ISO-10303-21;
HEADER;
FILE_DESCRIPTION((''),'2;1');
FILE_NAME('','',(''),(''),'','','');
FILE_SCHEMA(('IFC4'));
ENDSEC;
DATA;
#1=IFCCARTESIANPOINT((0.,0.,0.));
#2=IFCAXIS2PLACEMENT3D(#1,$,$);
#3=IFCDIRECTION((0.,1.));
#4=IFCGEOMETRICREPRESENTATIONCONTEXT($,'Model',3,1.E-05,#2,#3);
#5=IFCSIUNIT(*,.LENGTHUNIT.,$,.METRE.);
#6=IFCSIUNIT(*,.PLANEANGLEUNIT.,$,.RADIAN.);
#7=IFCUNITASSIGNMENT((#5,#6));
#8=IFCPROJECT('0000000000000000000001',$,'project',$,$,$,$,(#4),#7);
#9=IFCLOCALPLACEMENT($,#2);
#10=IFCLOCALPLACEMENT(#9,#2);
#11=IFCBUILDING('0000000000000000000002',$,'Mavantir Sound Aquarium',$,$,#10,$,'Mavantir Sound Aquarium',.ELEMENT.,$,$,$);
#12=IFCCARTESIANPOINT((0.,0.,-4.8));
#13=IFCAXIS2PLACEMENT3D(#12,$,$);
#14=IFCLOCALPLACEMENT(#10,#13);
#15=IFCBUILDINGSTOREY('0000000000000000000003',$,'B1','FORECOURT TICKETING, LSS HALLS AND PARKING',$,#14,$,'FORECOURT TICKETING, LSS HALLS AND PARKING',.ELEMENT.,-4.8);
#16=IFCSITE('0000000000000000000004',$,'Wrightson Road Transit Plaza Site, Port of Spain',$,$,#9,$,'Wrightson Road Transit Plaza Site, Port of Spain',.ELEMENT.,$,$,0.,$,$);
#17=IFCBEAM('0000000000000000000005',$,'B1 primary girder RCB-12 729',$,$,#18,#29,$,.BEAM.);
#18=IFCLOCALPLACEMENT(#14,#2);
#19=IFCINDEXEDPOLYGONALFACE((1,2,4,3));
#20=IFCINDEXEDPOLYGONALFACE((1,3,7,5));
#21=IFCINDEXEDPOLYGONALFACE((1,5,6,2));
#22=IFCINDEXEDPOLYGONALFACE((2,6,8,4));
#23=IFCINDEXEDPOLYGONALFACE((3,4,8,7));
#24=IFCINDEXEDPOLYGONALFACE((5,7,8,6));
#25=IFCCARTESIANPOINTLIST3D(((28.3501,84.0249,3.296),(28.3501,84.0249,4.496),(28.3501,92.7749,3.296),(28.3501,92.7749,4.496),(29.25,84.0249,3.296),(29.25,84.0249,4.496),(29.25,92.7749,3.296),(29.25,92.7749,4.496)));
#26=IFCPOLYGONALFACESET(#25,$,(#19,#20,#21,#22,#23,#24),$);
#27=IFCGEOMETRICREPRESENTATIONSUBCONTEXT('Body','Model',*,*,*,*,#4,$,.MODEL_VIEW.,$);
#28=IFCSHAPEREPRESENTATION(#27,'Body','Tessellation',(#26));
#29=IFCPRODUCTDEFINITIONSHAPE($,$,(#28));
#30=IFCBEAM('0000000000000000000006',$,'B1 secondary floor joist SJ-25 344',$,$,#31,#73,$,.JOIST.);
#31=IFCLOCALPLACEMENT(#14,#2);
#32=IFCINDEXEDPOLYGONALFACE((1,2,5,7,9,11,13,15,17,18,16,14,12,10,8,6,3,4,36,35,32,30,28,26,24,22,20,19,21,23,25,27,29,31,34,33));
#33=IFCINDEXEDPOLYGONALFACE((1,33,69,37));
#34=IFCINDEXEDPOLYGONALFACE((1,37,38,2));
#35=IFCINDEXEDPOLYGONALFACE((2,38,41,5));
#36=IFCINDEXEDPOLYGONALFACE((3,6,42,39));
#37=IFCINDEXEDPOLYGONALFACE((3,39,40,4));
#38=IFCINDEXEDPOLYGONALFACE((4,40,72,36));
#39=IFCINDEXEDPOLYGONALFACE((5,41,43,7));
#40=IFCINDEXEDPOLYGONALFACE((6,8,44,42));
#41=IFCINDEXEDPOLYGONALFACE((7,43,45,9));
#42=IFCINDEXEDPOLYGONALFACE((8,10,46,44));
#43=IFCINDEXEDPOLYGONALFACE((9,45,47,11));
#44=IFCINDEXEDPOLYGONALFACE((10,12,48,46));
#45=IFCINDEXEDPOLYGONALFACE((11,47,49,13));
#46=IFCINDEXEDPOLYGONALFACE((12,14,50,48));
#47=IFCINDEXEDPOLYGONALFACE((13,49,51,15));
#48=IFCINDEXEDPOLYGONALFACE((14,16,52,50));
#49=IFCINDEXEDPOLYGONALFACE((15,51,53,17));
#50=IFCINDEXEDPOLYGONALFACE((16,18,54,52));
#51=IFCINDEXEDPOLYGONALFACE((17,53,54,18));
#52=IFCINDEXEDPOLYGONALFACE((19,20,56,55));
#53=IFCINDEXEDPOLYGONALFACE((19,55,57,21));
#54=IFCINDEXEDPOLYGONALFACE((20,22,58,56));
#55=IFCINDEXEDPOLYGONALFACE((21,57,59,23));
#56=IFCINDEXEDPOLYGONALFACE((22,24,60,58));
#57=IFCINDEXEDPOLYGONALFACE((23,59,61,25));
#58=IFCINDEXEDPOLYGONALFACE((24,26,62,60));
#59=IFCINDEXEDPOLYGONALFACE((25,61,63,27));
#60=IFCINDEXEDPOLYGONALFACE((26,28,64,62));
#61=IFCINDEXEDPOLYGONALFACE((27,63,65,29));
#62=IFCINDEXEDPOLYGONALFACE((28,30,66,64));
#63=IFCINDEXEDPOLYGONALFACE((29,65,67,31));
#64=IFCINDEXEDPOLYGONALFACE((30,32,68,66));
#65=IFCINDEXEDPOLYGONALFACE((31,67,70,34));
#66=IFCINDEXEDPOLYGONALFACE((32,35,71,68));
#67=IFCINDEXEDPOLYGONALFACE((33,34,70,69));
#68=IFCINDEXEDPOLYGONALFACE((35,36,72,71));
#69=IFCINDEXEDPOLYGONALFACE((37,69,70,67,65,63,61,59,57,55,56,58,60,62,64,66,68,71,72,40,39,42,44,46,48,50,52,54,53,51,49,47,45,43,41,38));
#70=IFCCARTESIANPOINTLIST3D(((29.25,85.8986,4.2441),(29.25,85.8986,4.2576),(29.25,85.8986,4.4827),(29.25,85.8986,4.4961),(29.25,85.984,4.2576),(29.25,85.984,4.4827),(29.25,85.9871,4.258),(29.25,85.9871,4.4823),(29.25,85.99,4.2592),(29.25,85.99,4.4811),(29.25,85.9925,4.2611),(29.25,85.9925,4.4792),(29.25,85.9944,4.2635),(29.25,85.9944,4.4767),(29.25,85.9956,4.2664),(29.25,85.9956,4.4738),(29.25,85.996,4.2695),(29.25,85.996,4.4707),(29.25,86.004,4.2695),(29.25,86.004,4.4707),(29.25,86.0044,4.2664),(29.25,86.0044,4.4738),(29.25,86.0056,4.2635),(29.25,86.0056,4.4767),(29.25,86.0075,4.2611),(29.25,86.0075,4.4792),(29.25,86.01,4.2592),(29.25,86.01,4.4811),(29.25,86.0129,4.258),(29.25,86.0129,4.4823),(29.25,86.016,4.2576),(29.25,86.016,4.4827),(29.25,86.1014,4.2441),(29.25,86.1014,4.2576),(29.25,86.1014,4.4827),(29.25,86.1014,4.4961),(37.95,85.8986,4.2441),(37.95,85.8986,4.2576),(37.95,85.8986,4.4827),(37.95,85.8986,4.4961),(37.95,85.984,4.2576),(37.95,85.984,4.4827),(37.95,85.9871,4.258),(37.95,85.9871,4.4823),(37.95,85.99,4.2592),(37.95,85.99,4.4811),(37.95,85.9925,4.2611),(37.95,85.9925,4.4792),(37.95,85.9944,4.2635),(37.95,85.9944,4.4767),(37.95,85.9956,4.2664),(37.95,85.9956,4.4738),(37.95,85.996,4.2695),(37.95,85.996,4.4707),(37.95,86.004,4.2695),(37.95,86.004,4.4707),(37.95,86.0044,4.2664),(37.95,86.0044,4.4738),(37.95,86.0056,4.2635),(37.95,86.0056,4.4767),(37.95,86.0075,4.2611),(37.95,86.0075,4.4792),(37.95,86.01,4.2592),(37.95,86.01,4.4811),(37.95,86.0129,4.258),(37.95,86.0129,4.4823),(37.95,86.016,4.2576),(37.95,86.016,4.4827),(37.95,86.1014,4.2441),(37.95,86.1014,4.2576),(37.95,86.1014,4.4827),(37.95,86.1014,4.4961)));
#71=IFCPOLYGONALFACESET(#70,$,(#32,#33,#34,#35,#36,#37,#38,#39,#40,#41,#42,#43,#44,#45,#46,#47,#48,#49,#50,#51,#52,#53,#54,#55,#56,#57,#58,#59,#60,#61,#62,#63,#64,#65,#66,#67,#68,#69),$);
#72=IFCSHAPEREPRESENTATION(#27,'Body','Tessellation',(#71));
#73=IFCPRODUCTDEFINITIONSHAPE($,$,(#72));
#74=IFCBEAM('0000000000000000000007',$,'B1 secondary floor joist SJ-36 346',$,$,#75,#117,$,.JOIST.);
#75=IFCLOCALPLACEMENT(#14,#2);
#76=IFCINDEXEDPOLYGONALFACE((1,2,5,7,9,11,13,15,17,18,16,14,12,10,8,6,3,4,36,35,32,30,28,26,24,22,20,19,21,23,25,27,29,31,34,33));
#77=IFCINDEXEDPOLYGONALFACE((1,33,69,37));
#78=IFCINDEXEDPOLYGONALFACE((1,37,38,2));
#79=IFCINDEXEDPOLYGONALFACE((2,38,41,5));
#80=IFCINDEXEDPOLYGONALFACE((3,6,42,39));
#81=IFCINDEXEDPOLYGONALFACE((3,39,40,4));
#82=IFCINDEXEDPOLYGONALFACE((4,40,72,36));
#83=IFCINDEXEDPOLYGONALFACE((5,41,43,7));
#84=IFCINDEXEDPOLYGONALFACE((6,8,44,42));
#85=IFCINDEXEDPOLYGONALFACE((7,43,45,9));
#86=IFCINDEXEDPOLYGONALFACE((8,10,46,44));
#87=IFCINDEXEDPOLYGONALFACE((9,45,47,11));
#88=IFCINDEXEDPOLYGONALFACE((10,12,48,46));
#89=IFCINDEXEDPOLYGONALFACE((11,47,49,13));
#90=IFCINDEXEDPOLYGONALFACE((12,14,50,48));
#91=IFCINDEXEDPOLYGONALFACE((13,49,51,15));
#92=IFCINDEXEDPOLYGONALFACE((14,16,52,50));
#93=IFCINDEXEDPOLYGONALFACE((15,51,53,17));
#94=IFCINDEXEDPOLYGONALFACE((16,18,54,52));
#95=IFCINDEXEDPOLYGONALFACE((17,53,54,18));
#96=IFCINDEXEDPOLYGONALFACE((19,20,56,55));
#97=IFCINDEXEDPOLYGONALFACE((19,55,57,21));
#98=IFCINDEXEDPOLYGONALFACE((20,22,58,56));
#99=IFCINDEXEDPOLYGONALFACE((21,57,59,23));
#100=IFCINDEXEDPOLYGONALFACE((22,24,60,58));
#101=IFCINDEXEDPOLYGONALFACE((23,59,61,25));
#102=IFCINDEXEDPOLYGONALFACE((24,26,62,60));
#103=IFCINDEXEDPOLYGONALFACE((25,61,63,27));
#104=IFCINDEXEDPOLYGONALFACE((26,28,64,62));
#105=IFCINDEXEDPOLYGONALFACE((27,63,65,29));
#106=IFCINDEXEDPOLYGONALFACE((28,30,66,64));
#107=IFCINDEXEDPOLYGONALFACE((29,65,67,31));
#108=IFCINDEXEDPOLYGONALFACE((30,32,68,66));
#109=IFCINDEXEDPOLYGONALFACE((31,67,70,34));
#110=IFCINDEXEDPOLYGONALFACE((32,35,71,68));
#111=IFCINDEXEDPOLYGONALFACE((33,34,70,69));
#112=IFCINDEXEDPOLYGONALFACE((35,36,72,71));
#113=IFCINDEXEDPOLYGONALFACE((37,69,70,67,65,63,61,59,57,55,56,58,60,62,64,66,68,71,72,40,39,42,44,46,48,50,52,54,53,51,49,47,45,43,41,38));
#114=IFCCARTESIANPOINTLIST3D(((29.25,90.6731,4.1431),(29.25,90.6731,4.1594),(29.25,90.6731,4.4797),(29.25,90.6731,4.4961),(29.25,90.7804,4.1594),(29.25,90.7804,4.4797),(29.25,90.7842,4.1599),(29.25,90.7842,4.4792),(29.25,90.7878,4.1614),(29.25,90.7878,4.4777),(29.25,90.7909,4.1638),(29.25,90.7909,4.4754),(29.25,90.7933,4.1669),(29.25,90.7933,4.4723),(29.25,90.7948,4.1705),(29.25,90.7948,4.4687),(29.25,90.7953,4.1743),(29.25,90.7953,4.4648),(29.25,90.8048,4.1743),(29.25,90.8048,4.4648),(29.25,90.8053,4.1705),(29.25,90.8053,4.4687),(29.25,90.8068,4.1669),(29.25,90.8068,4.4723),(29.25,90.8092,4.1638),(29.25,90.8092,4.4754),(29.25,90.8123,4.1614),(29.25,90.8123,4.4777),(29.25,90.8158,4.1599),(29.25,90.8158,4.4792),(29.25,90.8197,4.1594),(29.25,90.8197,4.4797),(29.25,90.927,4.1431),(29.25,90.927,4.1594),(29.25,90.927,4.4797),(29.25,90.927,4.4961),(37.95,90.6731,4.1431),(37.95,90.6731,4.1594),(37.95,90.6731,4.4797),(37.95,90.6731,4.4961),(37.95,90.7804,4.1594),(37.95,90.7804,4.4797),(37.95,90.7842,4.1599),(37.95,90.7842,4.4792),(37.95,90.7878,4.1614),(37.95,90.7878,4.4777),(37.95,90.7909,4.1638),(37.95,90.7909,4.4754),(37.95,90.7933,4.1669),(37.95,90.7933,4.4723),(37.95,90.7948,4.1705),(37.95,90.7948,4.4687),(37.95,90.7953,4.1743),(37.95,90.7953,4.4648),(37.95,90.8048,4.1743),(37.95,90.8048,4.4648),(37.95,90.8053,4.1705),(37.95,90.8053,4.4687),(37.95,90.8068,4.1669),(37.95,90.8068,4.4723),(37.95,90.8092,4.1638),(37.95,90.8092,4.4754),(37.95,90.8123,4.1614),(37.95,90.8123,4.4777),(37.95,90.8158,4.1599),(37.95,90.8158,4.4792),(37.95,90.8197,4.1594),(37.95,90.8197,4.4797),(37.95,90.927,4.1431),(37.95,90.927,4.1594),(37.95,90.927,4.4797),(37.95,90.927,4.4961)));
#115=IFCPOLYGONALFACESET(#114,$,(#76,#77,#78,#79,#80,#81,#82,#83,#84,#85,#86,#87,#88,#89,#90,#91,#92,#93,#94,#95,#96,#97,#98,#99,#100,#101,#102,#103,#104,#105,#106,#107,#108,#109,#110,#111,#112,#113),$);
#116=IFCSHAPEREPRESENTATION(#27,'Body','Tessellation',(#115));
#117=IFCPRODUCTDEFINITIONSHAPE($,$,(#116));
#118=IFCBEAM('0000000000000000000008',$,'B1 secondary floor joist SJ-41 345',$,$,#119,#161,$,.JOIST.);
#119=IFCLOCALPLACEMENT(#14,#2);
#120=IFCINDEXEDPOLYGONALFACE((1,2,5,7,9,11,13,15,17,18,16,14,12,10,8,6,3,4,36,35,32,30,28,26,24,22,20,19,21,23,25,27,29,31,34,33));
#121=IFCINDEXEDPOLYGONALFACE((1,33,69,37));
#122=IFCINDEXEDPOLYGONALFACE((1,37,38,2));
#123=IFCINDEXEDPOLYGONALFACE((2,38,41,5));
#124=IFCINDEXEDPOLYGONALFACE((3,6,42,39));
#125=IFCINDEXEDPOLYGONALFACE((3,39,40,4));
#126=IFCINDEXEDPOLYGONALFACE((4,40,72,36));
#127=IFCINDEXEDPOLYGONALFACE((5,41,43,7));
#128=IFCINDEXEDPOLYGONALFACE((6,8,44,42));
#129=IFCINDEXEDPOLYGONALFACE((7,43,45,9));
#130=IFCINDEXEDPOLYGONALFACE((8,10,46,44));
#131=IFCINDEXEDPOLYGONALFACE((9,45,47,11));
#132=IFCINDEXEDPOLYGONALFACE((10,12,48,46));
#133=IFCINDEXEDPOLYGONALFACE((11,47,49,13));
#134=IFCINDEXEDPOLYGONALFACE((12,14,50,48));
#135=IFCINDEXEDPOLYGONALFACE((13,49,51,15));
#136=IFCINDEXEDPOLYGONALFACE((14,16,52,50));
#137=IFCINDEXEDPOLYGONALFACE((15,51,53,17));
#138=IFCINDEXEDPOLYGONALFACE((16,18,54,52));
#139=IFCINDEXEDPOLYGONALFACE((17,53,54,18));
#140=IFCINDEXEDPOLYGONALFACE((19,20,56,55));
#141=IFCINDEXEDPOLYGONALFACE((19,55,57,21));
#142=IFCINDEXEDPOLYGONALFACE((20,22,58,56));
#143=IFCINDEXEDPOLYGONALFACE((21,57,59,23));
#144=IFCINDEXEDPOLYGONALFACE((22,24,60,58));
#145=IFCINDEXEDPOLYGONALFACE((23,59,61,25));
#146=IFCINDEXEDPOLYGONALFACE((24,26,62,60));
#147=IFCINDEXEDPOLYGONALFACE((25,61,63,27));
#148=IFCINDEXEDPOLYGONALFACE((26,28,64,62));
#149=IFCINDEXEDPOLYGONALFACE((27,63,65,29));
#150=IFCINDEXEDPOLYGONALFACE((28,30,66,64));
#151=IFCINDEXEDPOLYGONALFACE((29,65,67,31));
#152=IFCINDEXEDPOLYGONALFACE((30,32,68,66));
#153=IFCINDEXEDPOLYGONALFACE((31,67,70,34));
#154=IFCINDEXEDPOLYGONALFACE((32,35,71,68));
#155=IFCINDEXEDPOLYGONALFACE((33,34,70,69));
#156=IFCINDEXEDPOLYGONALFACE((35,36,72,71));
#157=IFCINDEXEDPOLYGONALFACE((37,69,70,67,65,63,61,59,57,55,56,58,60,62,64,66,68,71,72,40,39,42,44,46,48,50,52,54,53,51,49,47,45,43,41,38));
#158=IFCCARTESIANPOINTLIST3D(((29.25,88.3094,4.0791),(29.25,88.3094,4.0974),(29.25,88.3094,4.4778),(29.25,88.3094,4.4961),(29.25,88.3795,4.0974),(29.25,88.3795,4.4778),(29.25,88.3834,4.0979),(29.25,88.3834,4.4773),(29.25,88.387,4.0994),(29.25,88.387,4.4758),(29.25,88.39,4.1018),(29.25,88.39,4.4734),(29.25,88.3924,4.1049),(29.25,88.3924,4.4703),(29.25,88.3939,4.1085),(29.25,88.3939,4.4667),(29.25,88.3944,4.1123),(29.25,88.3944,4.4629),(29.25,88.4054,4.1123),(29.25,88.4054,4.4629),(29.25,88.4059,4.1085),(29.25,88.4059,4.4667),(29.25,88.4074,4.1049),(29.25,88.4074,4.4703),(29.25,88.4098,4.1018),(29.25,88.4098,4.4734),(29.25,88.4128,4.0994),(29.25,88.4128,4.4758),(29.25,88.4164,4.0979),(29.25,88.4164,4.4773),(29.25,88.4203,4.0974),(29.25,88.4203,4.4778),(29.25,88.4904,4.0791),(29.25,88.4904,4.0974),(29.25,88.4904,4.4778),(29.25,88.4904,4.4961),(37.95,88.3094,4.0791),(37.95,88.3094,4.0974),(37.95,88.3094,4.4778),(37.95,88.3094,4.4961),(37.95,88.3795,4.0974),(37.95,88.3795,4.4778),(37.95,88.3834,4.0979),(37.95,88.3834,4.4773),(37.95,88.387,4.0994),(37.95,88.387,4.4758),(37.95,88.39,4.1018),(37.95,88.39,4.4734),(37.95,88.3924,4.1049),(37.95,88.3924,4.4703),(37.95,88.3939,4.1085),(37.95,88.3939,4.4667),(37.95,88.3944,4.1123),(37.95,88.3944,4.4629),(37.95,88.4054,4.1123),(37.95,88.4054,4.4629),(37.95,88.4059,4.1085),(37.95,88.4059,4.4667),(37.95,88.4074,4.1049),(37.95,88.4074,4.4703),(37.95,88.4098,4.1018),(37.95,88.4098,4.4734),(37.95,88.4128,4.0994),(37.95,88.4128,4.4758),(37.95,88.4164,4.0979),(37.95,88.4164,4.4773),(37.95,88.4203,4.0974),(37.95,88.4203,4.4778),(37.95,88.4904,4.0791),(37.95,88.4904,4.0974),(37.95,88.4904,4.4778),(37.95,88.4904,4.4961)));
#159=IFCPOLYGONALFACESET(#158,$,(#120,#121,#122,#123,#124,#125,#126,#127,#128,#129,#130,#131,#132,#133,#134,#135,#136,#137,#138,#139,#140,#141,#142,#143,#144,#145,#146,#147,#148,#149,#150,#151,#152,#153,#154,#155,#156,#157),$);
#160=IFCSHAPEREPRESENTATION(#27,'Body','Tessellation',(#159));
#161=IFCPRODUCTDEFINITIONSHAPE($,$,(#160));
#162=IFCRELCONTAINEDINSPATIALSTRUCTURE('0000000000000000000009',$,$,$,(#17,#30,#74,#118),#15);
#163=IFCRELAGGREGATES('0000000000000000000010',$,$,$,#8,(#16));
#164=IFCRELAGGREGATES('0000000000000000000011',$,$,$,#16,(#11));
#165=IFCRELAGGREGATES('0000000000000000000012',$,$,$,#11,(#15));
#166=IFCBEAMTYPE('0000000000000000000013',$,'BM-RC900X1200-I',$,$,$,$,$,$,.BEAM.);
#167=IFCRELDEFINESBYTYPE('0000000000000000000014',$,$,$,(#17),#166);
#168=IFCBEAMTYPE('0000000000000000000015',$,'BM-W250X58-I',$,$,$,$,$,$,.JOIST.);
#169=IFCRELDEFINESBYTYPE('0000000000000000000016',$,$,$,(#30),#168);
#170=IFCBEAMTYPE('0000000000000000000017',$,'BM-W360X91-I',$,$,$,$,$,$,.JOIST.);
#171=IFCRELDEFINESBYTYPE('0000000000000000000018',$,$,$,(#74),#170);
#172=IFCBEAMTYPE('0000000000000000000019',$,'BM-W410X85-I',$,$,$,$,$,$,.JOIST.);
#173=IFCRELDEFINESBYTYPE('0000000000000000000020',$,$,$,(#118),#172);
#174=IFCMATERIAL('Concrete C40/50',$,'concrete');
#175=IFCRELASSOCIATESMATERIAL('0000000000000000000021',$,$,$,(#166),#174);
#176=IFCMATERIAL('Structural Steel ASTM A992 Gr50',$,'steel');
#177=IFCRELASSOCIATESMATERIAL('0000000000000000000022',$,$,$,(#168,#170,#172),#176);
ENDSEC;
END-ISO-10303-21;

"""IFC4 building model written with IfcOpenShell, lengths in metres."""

from ifc_helpers import new_model, si_unit, direction, frame, origin, origin_2d, place, context, subcontext, project, spatial, rectangle, i_section, extrude, material, material_profile, profile_set, type_object, element, save


model = new_model("IFC4")

# Units and contexts
model_context = context("Model", 3, precision=1e-05, world=origin(), true_north=direction((0.0, 1.0)))
body_context = subcontext(model_context, "Body", "Model", "MODEL_VIEW")
ifc_project = project(units=[si_unit("LENGTHUNIT", "METRE"), si_unit("PLANEANGLEUNIT", "RADIAN")], contexts=[model_context])

# Site, building, storey
site_placement = place(None, origin())
site = spatial("IfcSite", under=ifc_project, at=site_placement, Name="Wrightson Road Transit Plaza Site, Port of Spain", LongName="Wrightson Road Transit Plaza Site, Port of Spain", CompositionType="ELEMENT", RefElevation=0.0)
building_placement = place(site_placement, origin())
building = spatial("IfcBuilding", under=site, at=building_placement, Name="Mavantir Sound Aquarium", LongName="Mavantir Sound Aquarium", CompositionType="ELEMENT")
storey_placement = place(building_placement, frame((0.0, 0.0, -4.8)))
storey = spatial("IfcBuildingStorey", under=building, at=storey_placement, Name="B1", Description="FORECOURT TICKETING, LSS HALLS AND PARKING", LongName="FORECOURT TICKETING, LSS HALLS AND PARKING", CompositionType="ELEMENT", Elevation=-4.8)

# Shared definitions
ifc_material_1 = material(Name="Concrete C40/50", Category="concrete")

# Beams
ifc_material_profile_1 = material_profile(ifc_material_1, rectangle(XDim=0.8999, YDim=1.2, at=origin_2d()), Name="RC 900X1200")
ifc_profile_set_1 = profile_set([ifc_material_profile_1], Name="Concrete C40/50")
beam_type_1 = type_object("IfcBeamType", Name="BM-RC900X1200-I", PredefinedType="BEAM", material=ifc_profile_set_1)
beam_1_placement = place(storey_placement, frame((28.8, 84.0249, 3.896), z_axis=(0.0, 1.0, 0.0), x_axis=(-1.0, 0.0, 0.0)))
element("IfcBeam", 1, at=beam_1_placement, inside=storey, type_object=beam_type_1, Name="B1 primary girder RCB-12 729", PredefinedType="BEAM", context=body_context, shape_type="SweptSolid", body=[
    extrude(rectangle(XDim=0.8999, YDim=1.2, at=origin_2d()), origin(), (0.0, 0.0, 1.0), 8.75),
])
ifc_material_2 = material(Name="Structural Steel ASTM A992 Gr50", Category="steel")
ifc_material_profile_2 = material_profile(ifc_material_2, i_section(OverallWidth=0.2029, OverallDepth=0.252, WebThickness=0.0081, FlangeThickness=0.0134, FilletRadius=0.012, at=origin_2d()), Name="W250X58")
ifc_profile_set_2 = profile_set([ifc_material_profile_2], Name="Structural Steel ASTM A992 Gr50")
beam_type_2 = type_object("IfcBeamType", Name="BM-W250X58-I", PredefinedType="JOIST", material=ifc_profile_set_2)
beam_2_placement = place(storey_placement, frame((29.25, 86.0, 4.3701), z_axis=(1.0, 0.0, 0.0), x_axis=(0.0, 1.0, 0.0)))
element("IfcBeam", 2, at=beam_2_placement, inside=storey, type_object=beam_type_2, Name="B1 secondary floor joist SJ-25 344", PredefinedType="JOIST", context=body_context, shape_type="SweptSolid", body=[
    extrude(i_section(OverallWidth=0.2029, OverallDepth=0.252, WebThickness=0.0081, FlangeThickness=0.0134, FilletRadius=0.012, at=origin_2d()), origin(), (0.0, 0.0, 1.0), 8.7),
])
ifc_material_profile_3 = material_profile(ifc_material_2, i_section(OverallWidth=0.2539, OverallDepth=0.353, WebThickness=0.0095, FlangeThickness=0.0164, FilletRadius=0.0149, at=origin_2d()), Name="W360X91")
ifc_profile_set_3 = profile_set([ifc_material_profile_3], Name="Structural Steel ASTM A992 Gr50")
beam_type_3 = type_object("IfcBeamType", Name="BM-W360X91-I", PredefinedType="JOIST", material=ifc_profile_set_3)
beam_3_placement = place(storey_placement, frame((29.25, 90.8, 4.3196), z_axis=(1.0, 0.0, 0.0), x_axis=(0.0, 1.0, 0.0)))
element("IfcBeam", 3, at=beam_3_placement, inside=storey, type_object=beam_type_3, Name="B1 secondary floor joist SJ-36 346", PredefinedType="JOIST", context=body_context, shape_type="SweptSolid", body=[
    extrude(i_section(OverallWidth=0.2539, OverallDepth=0.353, WebThickness=0.0095, FlangeThickness=0.0164, FilletRadius=0.0149, at=origin_2d()), origin(), (0.0, 0.0, 1.0), 8.7),
])
ifc_material_profile_4 = material_profile(ifc_material_2, i_section(OverallWidth=0.1809, OverallDepth=0.417, WebThickness=0.011, FlangeThickness=0.0183, FilletRadius=0.0149, at=origin_2d()), Name="W410X85")
ifc_profile_set_4 = profile_set([ifc_material_profile_4], Name="Structural Steel ASTM A992 Gr50")
beam_type_4 = type_object("IfcBeamType", Name="BM-W410X85-I", PredefinedType="JOIST", material=ifc_profile_set_4)
beam_4_placement = place(storey_placement, frame((29.25, 88.3999, 4.2876), z_axis=(1.0, 0.0, 0.0), x_axis=(0.0, 1.0, 0.0)))
element("IfcBeam", 4, at=beam_4_placement, inside=storey, type_object=beam_type_4, Name="B1 secondary floor joist SJ-41 345", PredefinedType="JOIST", context=body_context, shape_type="SweptSolid", body=[
    extrude(i_section(OverallWidth=0.1809, OverallDepth=0.417, WebThickness=0.011, FlangeThickness=0.0183, FilletRadius=0.0149, at=origin_2d()), origin(), (0.0, 0.0, 1.0), 8.7),
])

save(model, "model.ifc")
